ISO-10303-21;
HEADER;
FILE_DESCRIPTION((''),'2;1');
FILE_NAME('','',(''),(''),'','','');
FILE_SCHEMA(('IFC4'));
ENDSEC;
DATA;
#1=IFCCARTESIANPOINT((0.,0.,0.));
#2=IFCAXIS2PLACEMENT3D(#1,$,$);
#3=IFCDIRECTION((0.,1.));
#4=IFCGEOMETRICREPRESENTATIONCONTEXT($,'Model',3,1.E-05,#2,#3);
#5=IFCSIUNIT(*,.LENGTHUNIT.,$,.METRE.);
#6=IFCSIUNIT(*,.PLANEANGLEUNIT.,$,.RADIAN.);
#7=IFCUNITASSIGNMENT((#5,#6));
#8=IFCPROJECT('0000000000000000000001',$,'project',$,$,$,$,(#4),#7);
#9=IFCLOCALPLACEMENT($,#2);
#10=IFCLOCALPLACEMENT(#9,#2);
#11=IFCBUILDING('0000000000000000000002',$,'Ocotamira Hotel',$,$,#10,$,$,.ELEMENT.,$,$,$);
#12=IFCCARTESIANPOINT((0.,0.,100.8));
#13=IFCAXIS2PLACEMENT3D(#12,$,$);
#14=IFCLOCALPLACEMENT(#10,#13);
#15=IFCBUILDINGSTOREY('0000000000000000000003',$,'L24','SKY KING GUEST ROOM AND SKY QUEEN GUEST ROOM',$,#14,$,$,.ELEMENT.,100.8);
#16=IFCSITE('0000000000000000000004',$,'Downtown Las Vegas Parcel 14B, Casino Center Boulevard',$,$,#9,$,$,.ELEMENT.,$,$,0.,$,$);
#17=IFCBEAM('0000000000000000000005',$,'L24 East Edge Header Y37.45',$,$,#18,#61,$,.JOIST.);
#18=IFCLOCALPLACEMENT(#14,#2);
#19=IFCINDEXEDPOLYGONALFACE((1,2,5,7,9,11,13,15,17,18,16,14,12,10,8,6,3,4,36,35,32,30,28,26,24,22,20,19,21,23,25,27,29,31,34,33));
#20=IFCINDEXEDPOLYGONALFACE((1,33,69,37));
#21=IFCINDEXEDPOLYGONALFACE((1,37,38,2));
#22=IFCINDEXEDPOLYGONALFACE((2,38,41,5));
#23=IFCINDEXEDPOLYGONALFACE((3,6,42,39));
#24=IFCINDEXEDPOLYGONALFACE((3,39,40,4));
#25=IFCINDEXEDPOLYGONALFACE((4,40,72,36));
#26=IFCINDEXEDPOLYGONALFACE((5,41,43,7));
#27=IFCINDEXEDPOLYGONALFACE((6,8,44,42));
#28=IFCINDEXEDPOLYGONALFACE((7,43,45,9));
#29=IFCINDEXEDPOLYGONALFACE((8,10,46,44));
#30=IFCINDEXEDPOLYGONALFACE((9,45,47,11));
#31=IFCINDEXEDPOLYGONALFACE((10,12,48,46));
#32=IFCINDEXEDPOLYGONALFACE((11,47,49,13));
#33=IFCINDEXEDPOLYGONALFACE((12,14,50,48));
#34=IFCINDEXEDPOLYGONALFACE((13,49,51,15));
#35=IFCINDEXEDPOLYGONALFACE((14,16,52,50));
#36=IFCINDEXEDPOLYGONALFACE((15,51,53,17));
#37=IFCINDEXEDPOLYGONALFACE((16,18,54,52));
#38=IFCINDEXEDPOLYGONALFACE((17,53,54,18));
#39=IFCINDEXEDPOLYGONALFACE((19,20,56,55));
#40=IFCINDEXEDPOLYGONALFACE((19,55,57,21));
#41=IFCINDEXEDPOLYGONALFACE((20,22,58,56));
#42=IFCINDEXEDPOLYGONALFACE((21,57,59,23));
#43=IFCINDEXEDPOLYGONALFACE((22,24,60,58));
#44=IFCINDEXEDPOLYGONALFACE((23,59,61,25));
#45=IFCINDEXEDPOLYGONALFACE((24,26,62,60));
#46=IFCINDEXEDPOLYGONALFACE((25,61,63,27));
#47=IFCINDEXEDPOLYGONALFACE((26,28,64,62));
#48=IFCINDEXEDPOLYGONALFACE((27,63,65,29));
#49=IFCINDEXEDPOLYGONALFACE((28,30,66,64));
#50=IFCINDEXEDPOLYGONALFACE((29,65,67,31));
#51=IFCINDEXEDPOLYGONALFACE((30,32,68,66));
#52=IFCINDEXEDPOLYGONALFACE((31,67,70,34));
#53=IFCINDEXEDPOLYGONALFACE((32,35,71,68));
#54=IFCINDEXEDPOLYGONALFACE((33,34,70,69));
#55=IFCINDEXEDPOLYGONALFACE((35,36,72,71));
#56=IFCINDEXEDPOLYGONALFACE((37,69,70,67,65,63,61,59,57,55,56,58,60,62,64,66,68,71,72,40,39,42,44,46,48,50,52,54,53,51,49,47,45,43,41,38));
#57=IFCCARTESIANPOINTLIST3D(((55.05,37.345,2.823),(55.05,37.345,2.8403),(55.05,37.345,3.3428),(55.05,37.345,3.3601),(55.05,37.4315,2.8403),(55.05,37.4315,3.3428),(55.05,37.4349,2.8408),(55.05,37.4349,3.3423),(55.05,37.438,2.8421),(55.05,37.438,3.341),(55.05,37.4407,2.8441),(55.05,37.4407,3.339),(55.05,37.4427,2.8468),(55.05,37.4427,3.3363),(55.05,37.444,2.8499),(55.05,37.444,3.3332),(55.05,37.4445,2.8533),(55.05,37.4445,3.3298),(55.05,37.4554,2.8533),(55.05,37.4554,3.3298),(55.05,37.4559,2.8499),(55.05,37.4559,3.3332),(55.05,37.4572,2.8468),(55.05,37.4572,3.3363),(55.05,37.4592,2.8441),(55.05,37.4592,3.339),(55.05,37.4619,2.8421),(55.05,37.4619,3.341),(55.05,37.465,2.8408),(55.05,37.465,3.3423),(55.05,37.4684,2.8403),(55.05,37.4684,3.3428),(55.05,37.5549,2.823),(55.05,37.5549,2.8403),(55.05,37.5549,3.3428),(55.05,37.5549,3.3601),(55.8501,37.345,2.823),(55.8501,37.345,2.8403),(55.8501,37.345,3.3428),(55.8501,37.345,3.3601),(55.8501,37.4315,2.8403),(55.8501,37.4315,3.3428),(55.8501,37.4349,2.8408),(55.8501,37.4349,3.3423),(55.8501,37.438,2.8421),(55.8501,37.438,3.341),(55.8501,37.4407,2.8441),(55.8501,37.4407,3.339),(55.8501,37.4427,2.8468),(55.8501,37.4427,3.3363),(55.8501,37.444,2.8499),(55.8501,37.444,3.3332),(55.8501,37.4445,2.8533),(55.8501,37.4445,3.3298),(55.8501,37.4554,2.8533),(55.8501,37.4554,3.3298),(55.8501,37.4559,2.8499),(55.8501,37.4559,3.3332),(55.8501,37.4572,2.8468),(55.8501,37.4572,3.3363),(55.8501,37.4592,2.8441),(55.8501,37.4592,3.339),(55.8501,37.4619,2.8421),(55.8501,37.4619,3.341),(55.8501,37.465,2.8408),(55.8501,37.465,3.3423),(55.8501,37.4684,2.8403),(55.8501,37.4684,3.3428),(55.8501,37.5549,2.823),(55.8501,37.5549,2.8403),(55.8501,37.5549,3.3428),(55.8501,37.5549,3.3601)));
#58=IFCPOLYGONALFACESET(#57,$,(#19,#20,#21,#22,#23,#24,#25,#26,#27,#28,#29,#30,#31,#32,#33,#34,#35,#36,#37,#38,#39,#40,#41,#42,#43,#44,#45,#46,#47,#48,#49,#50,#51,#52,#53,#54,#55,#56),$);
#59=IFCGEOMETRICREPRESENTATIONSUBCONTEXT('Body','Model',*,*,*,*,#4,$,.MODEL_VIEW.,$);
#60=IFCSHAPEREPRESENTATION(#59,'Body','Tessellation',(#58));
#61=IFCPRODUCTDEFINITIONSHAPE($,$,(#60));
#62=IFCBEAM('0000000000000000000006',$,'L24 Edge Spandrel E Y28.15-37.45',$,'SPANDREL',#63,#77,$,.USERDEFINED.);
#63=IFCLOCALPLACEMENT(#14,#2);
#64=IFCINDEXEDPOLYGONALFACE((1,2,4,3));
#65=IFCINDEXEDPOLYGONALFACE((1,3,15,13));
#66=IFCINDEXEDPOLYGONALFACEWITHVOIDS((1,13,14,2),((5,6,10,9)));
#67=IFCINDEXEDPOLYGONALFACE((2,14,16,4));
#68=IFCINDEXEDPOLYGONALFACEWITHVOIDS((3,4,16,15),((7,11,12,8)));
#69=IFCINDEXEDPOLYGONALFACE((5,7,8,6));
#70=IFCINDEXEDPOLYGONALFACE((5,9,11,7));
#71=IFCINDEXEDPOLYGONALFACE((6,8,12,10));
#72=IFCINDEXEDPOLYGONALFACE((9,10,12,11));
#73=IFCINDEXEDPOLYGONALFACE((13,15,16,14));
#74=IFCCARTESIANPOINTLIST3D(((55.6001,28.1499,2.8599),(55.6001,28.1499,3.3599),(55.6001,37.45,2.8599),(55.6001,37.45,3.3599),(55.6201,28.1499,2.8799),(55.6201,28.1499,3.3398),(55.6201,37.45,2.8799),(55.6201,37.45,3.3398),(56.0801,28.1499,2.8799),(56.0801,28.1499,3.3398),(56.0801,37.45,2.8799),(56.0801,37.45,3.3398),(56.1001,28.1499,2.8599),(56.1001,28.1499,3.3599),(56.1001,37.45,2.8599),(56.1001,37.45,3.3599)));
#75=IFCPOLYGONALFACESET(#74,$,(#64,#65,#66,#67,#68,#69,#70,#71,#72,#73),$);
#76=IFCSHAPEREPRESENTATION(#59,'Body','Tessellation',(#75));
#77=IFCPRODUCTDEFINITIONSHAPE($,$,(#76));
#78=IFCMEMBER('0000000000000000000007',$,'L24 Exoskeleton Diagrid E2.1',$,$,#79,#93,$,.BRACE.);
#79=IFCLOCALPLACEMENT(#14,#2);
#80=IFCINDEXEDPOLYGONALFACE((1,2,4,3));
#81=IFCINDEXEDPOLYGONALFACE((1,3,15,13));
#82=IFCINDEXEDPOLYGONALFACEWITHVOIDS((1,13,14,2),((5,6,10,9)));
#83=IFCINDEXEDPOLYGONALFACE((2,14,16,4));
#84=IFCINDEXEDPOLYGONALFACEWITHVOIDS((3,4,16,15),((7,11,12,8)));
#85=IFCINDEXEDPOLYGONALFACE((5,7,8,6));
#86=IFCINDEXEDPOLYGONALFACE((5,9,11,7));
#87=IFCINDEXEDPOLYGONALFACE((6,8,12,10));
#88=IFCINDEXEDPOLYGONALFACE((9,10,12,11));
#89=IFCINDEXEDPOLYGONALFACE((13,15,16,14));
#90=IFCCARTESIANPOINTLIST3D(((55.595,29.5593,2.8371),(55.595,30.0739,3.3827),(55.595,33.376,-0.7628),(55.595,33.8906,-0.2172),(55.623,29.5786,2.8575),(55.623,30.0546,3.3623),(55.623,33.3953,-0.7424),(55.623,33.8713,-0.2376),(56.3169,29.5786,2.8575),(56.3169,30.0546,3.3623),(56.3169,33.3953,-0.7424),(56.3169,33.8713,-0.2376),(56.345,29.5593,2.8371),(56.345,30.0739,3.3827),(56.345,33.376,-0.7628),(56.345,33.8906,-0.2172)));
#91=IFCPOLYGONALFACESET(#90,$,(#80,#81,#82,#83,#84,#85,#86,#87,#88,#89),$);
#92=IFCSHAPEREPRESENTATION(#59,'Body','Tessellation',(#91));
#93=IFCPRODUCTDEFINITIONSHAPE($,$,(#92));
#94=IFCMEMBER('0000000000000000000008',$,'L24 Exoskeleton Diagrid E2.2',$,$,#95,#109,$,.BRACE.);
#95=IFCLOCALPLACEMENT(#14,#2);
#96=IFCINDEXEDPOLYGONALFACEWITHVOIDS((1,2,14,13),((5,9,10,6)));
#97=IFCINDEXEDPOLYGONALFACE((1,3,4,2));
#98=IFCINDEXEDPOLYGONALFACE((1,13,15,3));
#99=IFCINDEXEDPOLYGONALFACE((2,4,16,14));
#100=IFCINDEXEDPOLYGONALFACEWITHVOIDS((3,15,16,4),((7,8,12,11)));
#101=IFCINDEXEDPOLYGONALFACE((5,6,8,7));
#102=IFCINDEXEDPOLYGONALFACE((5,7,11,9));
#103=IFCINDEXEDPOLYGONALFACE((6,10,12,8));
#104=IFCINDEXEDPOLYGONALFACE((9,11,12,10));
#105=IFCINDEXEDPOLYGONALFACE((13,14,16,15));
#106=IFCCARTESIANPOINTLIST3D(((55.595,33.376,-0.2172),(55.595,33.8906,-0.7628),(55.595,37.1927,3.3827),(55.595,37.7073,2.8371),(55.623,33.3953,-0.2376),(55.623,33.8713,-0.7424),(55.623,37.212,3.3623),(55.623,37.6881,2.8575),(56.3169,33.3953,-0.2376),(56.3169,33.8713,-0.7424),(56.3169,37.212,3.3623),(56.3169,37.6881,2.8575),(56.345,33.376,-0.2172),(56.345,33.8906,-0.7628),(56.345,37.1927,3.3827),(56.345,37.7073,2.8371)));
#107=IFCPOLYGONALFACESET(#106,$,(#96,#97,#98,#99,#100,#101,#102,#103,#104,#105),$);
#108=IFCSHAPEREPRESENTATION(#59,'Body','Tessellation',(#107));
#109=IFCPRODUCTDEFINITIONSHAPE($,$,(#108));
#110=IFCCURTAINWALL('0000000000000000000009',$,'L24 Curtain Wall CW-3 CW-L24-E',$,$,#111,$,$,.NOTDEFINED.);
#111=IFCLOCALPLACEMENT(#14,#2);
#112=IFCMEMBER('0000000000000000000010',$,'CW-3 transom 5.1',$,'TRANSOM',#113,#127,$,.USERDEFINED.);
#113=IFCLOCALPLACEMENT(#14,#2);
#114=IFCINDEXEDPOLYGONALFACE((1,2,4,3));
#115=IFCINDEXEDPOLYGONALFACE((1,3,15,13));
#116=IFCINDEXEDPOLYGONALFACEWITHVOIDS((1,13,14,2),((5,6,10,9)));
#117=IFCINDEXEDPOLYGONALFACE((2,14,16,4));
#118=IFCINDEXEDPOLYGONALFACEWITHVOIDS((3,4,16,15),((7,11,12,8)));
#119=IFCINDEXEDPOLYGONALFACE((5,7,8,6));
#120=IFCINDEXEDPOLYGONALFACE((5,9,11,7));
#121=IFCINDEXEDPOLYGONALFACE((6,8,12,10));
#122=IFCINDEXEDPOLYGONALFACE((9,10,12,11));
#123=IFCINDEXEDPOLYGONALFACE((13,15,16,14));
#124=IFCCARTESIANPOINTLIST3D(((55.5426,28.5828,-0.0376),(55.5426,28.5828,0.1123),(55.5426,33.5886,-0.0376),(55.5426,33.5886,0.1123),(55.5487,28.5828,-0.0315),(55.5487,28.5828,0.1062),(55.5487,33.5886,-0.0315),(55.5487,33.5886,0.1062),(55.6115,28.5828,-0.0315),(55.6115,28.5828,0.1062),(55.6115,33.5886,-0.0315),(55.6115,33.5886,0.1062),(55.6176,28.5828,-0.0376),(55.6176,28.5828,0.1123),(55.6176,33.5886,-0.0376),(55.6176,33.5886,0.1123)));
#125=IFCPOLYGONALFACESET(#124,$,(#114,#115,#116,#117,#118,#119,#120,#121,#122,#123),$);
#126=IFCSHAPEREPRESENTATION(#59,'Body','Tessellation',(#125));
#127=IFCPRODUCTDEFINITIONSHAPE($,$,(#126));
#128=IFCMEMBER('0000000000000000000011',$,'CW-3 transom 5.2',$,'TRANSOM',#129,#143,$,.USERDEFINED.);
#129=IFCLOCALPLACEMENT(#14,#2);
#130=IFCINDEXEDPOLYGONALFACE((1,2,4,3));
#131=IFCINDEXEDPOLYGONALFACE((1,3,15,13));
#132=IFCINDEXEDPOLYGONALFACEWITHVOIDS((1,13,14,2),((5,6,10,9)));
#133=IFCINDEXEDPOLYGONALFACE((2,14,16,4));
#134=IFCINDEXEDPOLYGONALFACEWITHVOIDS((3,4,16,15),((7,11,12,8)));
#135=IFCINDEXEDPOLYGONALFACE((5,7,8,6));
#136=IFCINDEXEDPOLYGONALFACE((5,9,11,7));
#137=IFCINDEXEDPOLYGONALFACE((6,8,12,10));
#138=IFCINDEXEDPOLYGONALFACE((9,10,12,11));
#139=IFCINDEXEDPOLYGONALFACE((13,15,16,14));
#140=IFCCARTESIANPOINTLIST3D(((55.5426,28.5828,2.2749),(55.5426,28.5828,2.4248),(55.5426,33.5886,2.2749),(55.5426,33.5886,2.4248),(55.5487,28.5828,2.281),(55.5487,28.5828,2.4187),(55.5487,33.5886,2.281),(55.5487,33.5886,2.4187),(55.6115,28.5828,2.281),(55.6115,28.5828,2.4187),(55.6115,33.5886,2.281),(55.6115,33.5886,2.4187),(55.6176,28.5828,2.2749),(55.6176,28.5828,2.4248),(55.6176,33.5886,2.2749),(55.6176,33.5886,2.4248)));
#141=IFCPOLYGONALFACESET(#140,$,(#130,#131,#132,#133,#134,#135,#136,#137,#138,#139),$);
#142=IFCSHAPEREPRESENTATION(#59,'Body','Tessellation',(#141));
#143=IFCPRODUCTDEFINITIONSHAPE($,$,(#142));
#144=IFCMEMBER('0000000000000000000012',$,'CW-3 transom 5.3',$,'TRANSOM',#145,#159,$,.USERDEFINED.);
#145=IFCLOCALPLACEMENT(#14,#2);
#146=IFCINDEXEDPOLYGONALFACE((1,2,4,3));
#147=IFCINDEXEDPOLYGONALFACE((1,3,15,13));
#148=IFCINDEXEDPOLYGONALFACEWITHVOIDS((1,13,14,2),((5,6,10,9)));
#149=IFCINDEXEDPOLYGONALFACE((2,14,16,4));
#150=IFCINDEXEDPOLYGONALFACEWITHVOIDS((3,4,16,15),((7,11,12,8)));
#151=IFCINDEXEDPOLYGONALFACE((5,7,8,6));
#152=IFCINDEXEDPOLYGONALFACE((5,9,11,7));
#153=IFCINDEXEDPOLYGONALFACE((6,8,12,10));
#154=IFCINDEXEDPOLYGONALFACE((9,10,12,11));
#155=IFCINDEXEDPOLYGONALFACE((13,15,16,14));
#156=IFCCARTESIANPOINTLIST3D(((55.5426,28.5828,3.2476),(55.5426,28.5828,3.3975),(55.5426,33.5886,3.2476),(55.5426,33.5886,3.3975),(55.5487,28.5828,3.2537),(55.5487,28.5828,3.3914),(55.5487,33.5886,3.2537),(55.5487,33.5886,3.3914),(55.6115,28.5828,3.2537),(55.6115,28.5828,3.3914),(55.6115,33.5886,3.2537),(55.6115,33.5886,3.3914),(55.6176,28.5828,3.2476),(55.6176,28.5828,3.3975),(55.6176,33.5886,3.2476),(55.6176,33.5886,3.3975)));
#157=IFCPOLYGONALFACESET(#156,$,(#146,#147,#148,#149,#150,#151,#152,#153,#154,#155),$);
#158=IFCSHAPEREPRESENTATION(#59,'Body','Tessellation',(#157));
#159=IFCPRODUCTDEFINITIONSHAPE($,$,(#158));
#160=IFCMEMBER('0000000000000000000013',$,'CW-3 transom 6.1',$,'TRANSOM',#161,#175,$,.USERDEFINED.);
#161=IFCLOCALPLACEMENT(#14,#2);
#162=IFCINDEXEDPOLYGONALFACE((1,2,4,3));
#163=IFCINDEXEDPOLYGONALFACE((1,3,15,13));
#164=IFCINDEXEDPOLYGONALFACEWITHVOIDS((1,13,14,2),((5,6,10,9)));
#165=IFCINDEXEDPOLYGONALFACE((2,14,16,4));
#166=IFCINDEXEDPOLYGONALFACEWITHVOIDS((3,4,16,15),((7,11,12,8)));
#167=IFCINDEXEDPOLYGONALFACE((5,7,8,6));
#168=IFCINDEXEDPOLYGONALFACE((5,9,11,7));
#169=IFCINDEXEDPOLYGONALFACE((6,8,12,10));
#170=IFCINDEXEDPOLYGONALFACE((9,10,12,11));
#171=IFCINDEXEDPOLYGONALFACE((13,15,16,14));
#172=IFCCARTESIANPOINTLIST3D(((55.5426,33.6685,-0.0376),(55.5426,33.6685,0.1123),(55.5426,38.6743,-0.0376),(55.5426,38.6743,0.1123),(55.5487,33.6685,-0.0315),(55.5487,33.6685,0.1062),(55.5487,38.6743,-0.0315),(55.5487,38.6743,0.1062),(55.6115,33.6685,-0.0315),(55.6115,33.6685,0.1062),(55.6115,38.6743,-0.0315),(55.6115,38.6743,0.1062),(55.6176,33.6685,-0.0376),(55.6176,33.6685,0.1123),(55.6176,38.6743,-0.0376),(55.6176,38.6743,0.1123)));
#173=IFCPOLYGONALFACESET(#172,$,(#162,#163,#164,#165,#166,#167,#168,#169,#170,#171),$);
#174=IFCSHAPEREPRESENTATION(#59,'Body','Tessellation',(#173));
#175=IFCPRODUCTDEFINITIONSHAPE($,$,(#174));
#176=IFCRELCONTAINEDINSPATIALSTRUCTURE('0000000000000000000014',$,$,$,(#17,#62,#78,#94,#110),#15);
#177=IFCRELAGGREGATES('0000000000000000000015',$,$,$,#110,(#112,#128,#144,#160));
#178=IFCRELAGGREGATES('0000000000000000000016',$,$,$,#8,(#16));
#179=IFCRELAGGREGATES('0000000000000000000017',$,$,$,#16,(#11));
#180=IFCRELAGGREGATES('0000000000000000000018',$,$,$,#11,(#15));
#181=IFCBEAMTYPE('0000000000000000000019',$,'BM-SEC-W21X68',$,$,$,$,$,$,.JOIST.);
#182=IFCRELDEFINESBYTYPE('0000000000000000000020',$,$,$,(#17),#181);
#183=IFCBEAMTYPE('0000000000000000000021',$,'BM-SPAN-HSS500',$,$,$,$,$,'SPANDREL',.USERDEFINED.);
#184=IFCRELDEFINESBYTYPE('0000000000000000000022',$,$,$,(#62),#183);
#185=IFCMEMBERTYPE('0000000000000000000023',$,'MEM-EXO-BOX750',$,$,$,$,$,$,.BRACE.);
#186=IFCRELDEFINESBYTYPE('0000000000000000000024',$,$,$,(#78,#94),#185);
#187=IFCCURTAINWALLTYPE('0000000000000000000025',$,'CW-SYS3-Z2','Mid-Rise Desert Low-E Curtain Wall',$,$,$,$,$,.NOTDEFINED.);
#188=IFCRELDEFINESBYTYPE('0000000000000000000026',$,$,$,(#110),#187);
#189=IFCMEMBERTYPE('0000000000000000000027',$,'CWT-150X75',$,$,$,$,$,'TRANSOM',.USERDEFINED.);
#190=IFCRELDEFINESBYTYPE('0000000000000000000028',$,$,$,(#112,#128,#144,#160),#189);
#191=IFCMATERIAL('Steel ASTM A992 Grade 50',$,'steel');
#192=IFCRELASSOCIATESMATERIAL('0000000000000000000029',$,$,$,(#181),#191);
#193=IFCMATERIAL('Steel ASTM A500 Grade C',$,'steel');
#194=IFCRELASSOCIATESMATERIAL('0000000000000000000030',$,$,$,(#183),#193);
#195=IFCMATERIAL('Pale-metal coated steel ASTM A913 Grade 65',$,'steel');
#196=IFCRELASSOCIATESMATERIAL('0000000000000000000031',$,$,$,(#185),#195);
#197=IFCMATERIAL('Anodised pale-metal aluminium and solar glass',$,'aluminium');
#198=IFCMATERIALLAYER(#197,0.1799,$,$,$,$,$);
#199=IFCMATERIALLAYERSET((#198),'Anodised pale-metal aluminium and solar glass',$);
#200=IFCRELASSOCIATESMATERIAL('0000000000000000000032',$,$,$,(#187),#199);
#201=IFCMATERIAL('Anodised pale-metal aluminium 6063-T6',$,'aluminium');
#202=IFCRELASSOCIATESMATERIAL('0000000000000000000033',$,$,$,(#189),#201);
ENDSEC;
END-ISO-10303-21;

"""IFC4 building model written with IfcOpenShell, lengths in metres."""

from ifc_helpers import new_model, si_unit, direction, frame, origin, origin_2d, place, context, subcontext, project, spatial, hollow_rectangle, i_section, extrude, source, transform, mapped, material, layer, layer_set, material_profile, profile_set, type_object, element, aggregate, save


model = new_model("IFC4")

# Units and contexts
model_context = context("Model", 3, precision=1e-05, world=origin(), true_north=direction((0.0, 1.0)))
body_context = subcontext(model_context, "Body", "Model", "MODEL_VIEW")
ifc_project = project(units=[si_unit("LENGTHUNIT", "METRE"), si_unit("PLANEANGLEUNIT", "RADIAN")], contexts=[model_context])

# Site, building, storey
site_placement = place(None, origin())
site = spatial("IfcSite", under=ifc_project, at=site_placement, Name="Downtown Las Vegas Parcel 14B, Casino Center Boulevard", CompositionType="ELEMENT", RefElevation=0.0)
building_placement = place(site_placement, origin())
building = spatial("IfcBuilding", under=site, at=building_placement, Name="Ocotamira Hotel", CompositionType="ELEMENT")
storey_placement = place(building_placement, frame((0.0, 0.0, 100.8)))
storey = spatial("IfcBuildingStorey", under=building, at=storey_placement, Name="L24", Description="SKY KING GUEST ROOM AND SKY QUEEN GUEST ROOM", CompositionType="ELEMENT", Elevation=100.8)

# Beams
ifc_material_1 = material(Name="Steel ASTM A500 Grade C", Category="steel")
ifc_material_2 = material(Name="Steel ASTM A992 Grade 50", Category="steel")
ifc_material_profile_1 = material_profile(ifc_material_2, i_section(OverallWidth=0.21, OverallDepth=0.5371, WebThickness=0.011, FlangeThickness=0.0173, FilletRadius=0.0129, at=origin_2d()), Name="W21X68")
ifc_profile_set_1 = profile_set([ifc_material_profile_1], Name="Steel ASTM A992 Grade 50")
beam_type_1 = type_object("IfcBeamType", Name="BM-SEC-W21X68", PredefinedType="JOIST", material=ifc_profile_set_1)
shared_shape_1 = source(origin(), body_context, "Body", "SweptSolid", [
    extrude(i_section(OverallWidth=0.21, OverallDepth=0.5371, WebThickness=0.011, FlangeThickness=0.0173, FilletRadius=0.0129, at=origin_2d()), origin(), (0.0, 0.0, 1.0), 0.8),
])
for number, where, z_axis, x_axis, name in (
    (1, (55.05, 37.45, 3.0916), (1.0, 0.0, 0.0), (0.0, 1.0, 0.0), "L24 East Edge Header Y37.45"),
):
    element("IfcBeam", number, at=place(storey_placement, frame(where, z_axis=z_axis, x_axis=x_axis)), inside=storey, type_object=beam_type_1, Name=name, PredefinedType="JOIST", context=body_context, shape_type="MappedRepresentation", body=[
        mapped(shared_shape_1, transform((0.0, 0.0, 0.0), scale=1.0)),
    ])
ifc_material_profile_2 = material_profile(ifc_material_1, hollow_rectangle(XDim=0.5, YDim=0.5, WallThickness=0.02, at=origin_2d()), Name="HSS500X500X20")
ifc_profile_set_2 = profile_set([ifc_material_profile_2], Name="Steel ASTM A500 Grade C")
beam_type_2 = type_object("IfcBeamType", Name="BM-SPAN-HSS500", ElementType="SPANDREL", PredefinedType="USERDEFINED", material=ifc_profile_set_2)
shared_shape_2 = source(origin(), body_context, "Body", "SweptSolid", [
    extrude(hollow_rectangle(XDim=0.5, YDim=0.5, WallThickness=0.02, at=origin_2d()), origin(), (0.0, 0.0, 1.0), 9.3),
])
beam_1_placement = place(storey_placement, frame((55.8501, 28.1499, 3.1099), z_axis=(0.0, 1.0, 0.0), x_axis=(-1.0, 0.0, 0.0)))
element("IfcBeam", 2, at=beam_1_placement, inside=storey, type_object=beam_type_2, Name="L24 Edge Spandrel E Y28.15-37.45", ObjectType="SPANDREL", PredefinedType="USERDEFINED", context=body_context, shape_type="MappedRepresentation", body=[
    mapped(shared_shape_2, transform((0.0, 0.0, 0.0), scale=1.0)),
])

# Members
ifc_material_3 = material(Name="Pale-metal coated steel ASTM A913 Grade 65", Category="steel")
ifc_material_profile_3 = material_profile(ifc_material_3, hollow_rectangle(XDim=0.75, YDim=0.75, WallThickness=0.0281, at=origin_2d()), Name="BOX750X750X28")
ifc_profile_set_3 = profile_set([ifc_material_profile_3], Name="Pale-metal coated steel ASTM A913 Grade 65")
member_type_1 = type_object("IfcMemberType", Name="MEM-EXO-BOX750", PredefinedType="BRACE", material=ifc_profile_set_3)
shared_shape_3 = source(origin(), body_context, "Body", "SweptSolid", [
    extrude(hollow_rectangle(XDim=0.75, YDim=0.75, WallThickness=0.0281, at=origin_2d()), origin(), (0.0, 0.0, 1.0), 5.2466),
])
for number, where, z_axis, x_axis, name in (
    (3, (55.97, 33.6333, -0.49), (0.0, -0.727466, 0.686144), (1.0, 0.0, 0.0), "L24 Exoskeleton Diagrid E2.1"),
    (4, (55.97, 33.6333, -0.49), (0.0, 0.727466, 0.686144), (-1.0, 0.0, 0.0), "L24 Exoskeleton Diagrid E2.2"),
):
    element("IfcMember", number, at=place(storey_placement, frame(where, z_axis=z_axis, x_axis=x_axis)), inside=storey, type_object=member_type_1, Name=name, PredefinedType="BRACE", context=body_context, shape_type="MappedRepresentation", body=[
        mapped(shared_shape_3, transform((0.0, 0.0, 0.0), scale=1.0)),
    ])

# Curtain wall, members
ifc_material_4 = material(Name="Anodised pale-metal aluminium and solar glass", Category="aluminium")
ifc_layer_1 = layer(ifc_material_4, 0.1799)
ifc_layer_set_1 = layer_set([ifc_layer_1], Name="Anodised pale-metal aluminium and solar glass")
curtain_wall_type = type_object("IfcCurtainWallType", Name="CW-SYS3-Z2", Description="Mid-Rise Desert Low-E Curtain Wall", PredefinedType="NOTDEFINED", material=ifc_layer_set_1)
curtain_wall_placement = place(storey_placement, origin())
curtain_wall = element("IfcCurtainWall", 5, at=curtain_wall_placement, inside=storey, type_object=curtain_wall_type, Name="L24 Curtain Wall CW-3 CW-L24-E", PredefinedType="NOTDEFINED")
ifc_material_5 = material(Name="Anodised pale-metal aluminium 6063-T6", Category="aluminium")
ifc_material_profile_4 = material_profile(ifc_material_5, hollow_rectangle(XDim=0.075, YDim=0.1499, WallThickness=0.0061, at=origin_2d()), Name="HSS150X75X6")
ifc_profile_set_4 = profile_set([ifc_material_profile_4], Name="Anodised pale-metal aluminium 6063-T6")
member_type_2 = type_object("IfcMemberType", Name="CWT-150X75", ElementType="TRANSOM", PredefinedType="USERDEFINED", material=ifc_profile_set_4)
shared_shape_4 = source(origin(), body_context, "Body", "SweptSolid", [
    extrude(hollow_rectangle(XDim=0.075, YDim=0.1499, WallThickness=0.0061, at=origin_2d()), origin(), (0.0, 0.0, 1.0), 5.0059),
])
member_1_placement = place(storey_placement, frame((55.5801, 28.5828, 0.0374), z_axis=(0.0, 1.0, 0.0), x_axis=(-1.0, 0.0, 0.0)))
member_1 = element("IfcMember", 6, at=member_1_placement, type_object=member_type_2, Name="CW-3 transom 5.1", ObjectType="TRANSOM", PredefinedType="USERDEFINED", context=body_context, shape_type="MappedRepresentation", body=[
    mapped(shared_shape_4, transform((0.0, 0.0, 0.0), scale=1.0)),
])
member_2_placement = place(storey_placement, frame((55.5801, 28.5828, 2.3499), z_axis=(0.0, 1.0, 0.0), x_axis=(-1.0, 0.0, 0.0)))
member_2 = element("IfcMember", 7, at=member_2_placement, type_object=member_type_2, Name="CW-3 transom 5.2", ObjectType="TRANSOM", PredefinedType="USERDEFINED", context=body_context, shape_type="MappedRepresentation", body=[
    mapped(shared_shape_4, transform((0.0, 0.0, 0.0), scale=1.0)),
])
member_3_placement = place(storey_placement, frame((55.5801, 28.5828, 3.3225), z_axis=(0.0, 1.0, 0.0), x_axis=(-1.0, 0.0, 0.0)))
member_3 = element("IfcMember", 8, at=member_3_placement, type_object=member_type_2, Name="CW-3 transom 5.3", ObjectType="TRANSOM", PredefinedType="USERDEFINED", context=body_context, shape_type="MappedRepresentation", body=[
    mapped(shared_shape_4, transform((0.0, 0.0, 0.0), scale=1.0)),
])
member_4_placement = place(storey_placement, frame((55.5801, 33.6685, 0.0374), z_axis=(0.0, 1.0, 0.0), x_axis=(-1.0, 0.0, 0.0)))
member_4 = element("IfcMember", 9, at=member_4_placement, type_object=member_type_2, Name="CW-3 transom 6.1", ObjectType="TRANSOM", PredefinedType="USERDEFINED", context=body_context, shape_type="MappedRepresentation", body=[
    mapped(shared_shape_4, transform((0.0, 0.0, 0.0), scale=1.0)),
])

aggregate(curtain_wall, [member_1, member_2, member_3, member_4])

save(model, "model.ifc")
